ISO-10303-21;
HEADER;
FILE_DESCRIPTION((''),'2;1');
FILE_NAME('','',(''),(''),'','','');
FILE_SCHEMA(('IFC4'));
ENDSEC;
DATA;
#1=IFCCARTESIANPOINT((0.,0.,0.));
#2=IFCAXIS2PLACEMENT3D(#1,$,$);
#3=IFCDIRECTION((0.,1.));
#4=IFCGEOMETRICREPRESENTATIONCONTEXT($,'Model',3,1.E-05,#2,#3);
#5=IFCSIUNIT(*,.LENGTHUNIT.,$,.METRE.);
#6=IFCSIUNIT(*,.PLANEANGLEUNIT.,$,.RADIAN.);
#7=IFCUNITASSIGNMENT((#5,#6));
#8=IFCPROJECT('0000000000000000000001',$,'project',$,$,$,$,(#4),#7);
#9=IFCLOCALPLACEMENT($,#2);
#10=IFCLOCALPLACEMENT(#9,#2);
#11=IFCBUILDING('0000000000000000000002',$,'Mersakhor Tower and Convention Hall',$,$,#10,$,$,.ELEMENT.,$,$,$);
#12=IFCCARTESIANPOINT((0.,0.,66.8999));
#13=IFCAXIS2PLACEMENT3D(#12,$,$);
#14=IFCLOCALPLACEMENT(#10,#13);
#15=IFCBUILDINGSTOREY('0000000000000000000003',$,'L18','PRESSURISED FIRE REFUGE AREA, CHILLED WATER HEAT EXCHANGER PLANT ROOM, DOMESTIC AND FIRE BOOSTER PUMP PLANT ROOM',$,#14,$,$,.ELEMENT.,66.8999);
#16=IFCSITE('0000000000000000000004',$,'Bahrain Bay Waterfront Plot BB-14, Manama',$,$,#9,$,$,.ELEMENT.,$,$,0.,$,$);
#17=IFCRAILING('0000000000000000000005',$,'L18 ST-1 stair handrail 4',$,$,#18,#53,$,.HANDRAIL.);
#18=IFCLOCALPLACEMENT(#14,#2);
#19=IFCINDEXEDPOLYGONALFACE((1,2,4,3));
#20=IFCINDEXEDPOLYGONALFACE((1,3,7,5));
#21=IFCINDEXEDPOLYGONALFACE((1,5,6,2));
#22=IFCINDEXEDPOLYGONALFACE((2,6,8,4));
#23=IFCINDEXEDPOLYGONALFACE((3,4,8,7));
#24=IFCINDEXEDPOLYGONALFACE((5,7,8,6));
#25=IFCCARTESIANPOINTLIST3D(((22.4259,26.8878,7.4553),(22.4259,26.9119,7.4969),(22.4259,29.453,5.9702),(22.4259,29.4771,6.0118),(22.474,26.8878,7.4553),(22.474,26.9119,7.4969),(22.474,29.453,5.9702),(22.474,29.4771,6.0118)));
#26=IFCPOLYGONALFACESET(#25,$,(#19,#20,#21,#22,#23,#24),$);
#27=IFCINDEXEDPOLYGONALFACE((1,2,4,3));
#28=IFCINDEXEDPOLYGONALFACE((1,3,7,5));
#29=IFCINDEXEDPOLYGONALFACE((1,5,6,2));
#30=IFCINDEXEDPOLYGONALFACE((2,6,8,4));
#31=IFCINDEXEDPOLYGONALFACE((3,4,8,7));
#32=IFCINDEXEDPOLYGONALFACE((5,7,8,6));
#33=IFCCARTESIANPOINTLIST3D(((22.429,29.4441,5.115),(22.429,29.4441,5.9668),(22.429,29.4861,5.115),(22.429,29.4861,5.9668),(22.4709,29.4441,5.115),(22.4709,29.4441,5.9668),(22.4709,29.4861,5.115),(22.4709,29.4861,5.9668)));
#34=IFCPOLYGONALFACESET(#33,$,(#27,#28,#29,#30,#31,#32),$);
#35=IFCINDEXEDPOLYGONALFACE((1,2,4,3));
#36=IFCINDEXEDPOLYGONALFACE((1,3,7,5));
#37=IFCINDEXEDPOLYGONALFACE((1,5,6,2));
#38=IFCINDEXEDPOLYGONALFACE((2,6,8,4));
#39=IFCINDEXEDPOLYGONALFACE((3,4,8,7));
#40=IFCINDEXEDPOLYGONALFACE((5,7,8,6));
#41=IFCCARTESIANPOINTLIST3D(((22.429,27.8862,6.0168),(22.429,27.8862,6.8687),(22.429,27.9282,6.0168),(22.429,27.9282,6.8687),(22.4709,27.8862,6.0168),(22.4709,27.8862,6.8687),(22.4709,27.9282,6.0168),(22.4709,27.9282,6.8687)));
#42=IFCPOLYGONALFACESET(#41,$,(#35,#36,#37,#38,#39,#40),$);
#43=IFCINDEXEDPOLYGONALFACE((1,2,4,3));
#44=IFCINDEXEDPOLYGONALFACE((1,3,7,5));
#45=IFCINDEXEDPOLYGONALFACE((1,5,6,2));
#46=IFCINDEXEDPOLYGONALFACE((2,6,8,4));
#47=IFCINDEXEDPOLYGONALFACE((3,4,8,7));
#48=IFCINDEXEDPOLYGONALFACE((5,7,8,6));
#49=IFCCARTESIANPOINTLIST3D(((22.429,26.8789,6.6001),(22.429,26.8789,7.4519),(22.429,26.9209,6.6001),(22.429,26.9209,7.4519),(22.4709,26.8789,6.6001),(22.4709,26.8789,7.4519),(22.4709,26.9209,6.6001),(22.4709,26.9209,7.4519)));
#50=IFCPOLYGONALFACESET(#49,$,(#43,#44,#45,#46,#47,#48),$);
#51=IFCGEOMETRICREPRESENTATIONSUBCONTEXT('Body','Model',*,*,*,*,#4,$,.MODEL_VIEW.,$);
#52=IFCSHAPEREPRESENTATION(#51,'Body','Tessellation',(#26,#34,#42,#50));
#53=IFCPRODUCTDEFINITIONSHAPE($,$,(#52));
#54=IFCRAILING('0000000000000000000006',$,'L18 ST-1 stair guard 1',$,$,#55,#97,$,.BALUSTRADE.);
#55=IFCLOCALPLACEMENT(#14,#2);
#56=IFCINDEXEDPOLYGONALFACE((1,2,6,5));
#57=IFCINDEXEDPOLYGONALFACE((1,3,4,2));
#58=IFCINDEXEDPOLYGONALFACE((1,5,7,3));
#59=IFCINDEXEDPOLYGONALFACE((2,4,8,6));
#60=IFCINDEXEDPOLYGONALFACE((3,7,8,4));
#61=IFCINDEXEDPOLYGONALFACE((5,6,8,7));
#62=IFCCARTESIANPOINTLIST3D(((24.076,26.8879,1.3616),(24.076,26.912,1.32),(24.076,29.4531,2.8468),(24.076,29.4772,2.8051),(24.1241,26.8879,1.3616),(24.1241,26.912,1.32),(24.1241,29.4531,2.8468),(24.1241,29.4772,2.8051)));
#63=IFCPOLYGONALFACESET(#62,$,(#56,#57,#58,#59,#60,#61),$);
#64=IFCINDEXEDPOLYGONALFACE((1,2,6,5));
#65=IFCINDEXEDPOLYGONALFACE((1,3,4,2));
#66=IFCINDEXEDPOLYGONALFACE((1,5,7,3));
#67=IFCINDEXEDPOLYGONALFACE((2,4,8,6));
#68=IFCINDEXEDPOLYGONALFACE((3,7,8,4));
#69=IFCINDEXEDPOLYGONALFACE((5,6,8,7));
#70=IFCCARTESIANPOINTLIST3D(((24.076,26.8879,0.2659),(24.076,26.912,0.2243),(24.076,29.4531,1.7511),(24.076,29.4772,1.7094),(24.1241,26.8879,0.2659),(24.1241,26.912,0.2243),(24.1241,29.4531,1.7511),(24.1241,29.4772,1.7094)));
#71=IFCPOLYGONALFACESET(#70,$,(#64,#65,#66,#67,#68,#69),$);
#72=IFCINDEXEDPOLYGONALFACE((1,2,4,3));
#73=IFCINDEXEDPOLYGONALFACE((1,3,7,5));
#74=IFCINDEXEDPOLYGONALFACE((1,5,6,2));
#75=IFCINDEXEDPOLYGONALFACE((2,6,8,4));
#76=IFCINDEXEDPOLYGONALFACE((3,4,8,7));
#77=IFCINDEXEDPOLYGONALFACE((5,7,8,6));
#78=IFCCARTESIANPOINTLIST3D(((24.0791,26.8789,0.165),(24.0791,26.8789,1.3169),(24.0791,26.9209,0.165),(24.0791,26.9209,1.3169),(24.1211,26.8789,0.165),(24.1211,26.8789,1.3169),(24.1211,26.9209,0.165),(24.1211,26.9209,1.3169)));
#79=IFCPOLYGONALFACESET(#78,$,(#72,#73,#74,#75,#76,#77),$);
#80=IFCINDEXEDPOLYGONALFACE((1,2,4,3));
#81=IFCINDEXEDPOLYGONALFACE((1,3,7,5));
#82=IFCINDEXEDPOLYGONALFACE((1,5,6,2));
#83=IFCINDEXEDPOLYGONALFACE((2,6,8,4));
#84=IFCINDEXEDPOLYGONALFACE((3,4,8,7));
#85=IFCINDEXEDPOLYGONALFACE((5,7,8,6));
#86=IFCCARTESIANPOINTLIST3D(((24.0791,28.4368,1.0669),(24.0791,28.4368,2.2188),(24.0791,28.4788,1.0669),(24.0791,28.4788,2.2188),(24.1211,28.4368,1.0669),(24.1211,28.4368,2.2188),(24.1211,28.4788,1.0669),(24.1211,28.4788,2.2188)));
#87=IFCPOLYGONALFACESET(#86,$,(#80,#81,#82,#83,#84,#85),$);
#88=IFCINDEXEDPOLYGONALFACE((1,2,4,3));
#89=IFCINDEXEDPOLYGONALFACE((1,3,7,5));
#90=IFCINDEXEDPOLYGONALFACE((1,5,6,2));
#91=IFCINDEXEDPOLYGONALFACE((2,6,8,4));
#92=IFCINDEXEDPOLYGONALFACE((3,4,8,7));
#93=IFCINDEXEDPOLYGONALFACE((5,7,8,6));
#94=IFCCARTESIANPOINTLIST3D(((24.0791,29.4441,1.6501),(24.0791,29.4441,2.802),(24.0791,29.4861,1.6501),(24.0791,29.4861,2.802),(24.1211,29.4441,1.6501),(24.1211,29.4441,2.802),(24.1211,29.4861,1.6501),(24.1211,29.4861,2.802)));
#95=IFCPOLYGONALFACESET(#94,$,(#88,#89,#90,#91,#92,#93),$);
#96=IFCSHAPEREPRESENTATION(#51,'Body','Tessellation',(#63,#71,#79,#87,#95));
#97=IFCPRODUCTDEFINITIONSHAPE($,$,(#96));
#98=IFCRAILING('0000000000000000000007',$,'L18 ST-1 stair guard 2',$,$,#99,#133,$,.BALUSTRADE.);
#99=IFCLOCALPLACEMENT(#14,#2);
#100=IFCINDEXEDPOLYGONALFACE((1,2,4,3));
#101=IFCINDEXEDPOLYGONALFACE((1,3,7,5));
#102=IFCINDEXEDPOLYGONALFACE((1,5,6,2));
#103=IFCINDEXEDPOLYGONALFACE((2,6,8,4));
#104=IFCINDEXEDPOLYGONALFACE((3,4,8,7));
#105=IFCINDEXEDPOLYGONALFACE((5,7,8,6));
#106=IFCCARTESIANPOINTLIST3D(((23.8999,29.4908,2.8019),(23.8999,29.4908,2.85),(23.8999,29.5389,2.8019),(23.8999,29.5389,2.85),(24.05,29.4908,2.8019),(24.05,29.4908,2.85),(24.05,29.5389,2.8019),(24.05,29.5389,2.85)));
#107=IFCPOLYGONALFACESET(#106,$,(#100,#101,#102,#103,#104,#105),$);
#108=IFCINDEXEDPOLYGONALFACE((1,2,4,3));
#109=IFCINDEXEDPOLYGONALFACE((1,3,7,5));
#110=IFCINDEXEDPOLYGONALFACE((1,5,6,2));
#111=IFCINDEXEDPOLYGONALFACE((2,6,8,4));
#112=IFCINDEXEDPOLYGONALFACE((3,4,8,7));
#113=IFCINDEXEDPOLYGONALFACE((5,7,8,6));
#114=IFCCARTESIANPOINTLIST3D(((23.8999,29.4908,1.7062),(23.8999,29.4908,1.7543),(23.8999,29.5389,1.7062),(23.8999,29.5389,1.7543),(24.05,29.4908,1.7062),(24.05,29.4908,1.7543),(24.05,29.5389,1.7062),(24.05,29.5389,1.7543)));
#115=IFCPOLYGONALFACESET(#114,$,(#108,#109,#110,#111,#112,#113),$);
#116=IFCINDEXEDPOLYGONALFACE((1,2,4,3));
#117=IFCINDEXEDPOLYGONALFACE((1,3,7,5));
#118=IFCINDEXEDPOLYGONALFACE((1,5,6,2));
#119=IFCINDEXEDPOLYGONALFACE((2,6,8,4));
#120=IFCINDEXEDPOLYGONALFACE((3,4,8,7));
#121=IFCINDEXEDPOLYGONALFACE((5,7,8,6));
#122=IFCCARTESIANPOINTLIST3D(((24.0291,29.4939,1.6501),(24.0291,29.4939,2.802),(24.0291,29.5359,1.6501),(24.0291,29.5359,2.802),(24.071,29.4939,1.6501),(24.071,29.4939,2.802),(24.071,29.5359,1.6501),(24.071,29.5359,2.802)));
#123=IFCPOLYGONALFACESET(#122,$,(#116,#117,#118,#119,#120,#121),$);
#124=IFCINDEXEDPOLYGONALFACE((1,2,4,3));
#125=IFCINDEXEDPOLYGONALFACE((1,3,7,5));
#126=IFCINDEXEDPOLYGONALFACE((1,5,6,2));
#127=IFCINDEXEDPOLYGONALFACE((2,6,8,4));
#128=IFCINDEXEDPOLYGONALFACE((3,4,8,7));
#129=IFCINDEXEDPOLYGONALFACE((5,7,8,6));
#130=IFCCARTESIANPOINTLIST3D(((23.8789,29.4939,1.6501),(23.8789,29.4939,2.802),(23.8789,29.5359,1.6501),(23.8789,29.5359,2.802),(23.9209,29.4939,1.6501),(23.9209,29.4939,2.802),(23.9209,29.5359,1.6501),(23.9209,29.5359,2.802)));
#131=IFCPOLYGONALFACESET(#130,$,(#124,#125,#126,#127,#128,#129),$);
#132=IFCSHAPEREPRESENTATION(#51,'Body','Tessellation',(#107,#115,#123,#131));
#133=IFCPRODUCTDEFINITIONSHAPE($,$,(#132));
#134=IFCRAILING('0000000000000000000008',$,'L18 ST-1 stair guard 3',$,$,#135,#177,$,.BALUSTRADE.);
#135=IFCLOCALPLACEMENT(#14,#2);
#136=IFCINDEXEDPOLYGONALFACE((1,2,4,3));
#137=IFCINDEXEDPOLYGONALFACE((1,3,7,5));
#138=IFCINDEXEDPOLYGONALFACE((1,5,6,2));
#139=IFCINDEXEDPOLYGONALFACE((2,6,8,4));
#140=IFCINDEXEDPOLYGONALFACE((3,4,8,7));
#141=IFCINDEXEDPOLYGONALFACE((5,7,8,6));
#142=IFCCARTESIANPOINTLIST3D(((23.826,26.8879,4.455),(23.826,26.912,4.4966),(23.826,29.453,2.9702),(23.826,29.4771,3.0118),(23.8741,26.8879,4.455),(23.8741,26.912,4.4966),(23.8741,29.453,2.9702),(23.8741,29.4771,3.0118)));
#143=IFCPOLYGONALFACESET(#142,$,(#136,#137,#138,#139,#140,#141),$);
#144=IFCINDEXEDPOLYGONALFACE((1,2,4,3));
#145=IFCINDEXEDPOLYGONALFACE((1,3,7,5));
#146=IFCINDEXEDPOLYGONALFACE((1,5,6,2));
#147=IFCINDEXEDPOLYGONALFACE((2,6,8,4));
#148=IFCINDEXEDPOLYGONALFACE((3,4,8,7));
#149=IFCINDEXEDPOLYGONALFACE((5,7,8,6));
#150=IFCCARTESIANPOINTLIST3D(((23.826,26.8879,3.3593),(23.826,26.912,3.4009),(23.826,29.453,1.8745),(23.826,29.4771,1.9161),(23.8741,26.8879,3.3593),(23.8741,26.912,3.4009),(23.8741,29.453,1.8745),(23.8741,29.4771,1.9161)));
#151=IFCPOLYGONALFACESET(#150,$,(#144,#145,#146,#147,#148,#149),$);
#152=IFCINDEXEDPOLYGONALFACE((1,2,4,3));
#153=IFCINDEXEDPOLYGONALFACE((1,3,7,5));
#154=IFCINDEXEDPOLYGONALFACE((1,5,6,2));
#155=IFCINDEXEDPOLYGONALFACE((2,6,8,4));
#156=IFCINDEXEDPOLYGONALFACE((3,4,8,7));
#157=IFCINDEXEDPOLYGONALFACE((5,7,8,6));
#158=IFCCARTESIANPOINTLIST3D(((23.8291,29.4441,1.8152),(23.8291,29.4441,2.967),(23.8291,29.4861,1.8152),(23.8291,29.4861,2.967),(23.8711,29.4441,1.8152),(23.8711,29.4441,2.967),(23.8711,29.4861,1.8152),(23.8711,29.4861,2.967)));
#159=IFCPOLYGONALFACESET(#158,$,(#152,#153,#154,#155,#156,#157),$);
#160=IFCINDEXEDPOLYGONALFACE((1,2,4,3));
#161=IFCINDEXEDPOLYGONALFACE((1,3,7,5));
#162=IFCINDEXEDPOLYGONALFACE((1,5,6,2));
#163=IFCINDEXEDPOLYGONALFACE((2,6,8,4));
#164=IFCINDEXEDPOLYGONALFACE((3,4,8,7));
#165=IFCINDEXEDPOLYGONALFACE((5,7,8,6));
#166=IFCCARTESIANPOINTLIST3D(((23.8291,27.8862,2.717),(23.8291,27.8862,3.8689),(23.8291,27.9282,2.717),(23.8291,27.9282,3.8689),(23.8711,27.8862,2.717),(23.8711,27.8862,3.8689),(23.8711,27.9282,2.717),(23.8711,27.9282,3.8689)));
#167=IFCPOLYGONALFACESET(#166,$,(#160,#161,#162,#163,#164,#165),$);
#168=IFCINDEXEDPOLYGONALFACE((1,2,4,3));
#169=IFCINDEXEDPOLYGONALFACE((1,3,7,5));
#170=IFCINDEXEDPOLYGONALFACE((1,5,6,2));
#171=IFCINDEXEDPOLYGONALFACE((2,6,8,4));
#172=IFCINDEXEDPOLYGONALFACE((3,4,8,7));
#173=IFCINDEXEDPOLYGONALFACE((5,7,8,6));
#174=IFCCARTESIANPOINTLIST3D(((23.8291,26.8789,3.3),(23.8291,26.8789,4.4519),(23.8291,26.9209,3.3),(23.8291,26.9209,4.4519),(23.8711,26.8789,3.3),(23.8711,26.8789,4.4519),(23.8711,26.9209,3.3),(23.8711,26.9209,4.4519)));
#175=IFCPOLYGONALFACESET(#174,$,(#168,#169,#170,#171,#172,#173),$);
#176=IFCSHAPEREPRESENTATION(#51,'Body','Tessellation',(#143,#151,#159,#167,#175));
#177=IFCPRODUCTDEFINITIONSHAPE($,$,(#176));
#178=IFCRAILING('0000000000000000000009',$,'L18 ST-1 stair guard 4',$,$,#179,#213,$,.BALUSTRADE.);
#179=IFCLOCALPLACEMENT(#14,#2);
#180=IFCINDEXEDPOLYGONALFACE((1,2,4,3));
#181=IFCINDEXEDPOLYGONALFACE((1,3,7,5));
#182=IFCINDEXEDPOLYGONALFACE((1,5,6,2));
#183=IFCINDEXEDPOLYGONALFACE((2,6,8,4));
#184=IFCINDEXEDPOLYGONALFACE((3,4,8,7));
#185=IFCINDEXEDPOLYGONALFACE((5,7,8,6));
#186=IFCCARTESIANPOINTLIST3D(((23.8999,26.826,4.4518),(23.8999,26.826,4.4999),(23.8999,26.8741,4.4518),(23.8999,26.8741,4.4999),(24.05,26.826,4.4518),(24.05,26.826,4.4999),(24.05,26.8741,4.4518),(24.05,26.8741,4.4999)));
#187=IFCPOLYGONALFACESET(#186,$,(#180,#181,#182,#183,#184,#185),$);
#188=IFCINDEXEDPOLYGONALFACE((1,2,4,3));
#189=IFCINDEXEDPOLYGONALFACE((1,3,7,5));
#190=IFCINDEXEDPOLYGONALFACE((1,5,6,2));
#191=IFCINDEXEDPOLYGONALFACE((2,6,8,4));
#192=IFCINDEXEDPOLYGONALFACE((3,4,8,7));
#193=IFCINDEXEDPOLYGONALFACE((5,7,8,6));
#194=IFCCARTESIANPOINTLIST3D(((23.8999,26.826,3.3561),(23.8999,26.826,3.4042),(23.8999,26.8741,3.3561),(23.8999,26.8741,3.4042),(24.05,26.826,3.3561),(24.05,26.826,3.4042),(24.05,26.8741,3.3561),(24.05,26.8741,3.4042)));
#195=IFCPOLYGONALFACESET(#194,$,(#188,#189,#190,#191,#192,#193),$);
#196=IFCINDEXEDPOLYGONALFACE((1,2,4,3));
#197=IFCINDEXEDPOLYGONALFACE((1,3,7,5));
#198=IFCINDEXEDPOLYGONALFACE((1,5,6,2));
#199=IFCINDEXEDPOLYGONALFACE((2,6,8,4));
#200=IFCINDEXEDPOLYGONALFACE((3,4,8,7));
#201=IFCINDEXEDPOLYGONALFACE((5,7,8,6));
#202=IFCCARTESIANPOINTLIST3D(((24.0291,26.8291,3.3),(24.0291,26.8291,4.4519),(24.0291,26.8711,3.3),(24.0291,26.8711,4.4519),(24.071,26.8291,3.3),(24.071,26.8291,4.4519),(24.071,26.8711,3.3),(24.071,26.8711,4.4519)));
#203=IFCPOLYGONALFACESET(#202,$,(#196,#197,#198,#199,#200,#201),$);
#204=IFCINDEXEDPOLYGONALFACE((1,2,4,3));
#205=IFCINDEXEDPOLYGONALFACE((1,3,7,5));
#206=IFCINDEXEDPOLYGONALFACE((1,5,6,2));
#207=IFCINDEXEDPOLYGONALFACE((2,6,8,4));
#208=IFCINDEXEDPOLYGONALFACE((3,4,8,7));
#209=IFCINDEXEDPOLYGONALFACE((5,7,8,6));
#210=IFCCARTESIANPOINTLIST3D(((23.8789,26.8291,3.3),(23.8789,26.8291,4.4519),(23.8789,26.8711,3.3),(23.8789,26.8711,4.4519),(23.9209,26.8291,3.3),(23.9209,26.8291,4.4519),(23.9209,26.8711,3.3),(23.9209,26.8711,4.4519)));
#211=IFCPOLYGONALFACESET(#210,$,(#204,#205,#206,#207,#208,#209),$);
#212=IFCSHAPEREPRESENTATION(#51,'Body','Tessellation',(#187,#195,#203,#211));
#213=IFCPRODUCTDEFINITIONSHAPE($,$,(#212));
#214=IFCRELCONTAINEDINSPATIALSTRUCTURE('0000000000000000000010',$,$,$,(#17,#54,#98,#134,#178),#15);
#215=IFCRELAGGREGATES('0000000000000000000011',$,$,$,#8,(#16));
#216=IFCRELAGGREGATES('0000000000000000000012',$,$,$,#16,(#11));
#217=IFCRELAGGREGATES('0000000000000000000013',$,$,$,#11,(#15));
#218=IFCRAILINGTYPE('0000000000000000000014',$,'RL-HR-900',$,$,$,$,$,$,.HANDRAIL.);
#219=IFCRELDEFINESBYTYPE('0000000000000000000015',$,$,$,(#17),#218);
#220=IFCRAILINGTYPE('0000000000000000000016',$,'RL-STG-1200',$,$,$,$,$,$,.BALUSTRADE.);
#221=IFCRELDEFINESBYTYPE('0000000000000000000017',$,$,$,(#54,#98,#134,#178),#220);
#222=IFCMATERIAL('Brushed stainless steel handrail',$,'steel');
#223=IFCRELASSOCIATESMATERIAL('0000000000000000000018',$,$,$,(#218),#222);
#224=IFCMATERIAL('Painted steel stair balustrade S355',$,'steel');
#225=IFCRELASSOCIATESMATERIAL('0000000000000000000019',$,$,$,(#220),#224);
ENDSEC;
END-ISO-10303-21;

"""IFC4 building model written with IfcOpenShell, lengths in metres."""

from ifc_helpers import new_model, si_unit, direction, frame, origin, origin_2d, place, context, subcontext, project, spatial, rectangle, extrude, material, type_object, element, save


model = new_model("IFC4")

# Units and contexts
model_context = context("Model", 3, precision=1e-05, world=origin(), true_north=direction((0.0, 1.0)))
body_context = subcontext(model_context, "Body", "Model", "MODEL_VIEW")
ifc_project = project(units=[si_unit("LENGTHUNIT", "METRE"), si_unit("PLANEANGLEUNIT", "RADIAN")], contexts=[model_context])

# Site, building, storey
site_placement = place(None, origin())
site = spatial("IfcSite", under=ifc_project, at=site_placement, Name="Bahrain Bay Waterfront Plot BB-14, Manama", CompositionType="ELEMENT", RefElevation=0.0)
building_placement = place(site_placement, origin())
building = spatial("IfcBuilding", under=site, at=building_placement, Name="Mersakhor Tower and Convention Hall", CompositionType="ELEMENT")
storey_placement = place(building_placement, frame((0.0, 0.0, 66.8999)))
storey = spatial("IfcBuildingStorey", under=building, at=storey_placement, Name="L18", Description="PRESSURISED FIRE REFUGE AREA, CHILLED WATER HEAT EXCHANGER PLANT ROOM, DOMESTIC AND FIRE BOOSTER PUMP PLANT ROOM", CompositionType="ELEMENT", Elevation=66.8999)

# Railings
ifc_material_1 = material(Name="Brushed stainless steel handrail", Category="steel")
railing_type_1 = type_object("IfcRailingType", Name="RL-HR-900", PredefinedType="HANDRAIL", material=ifc_material_1)
railing_1_placement = place(storey_placement, frame((22.45, 29.4651, 5.115)))
element("IfcRailing", 1, at=railing_1_placement, inside=storey, type_object=railing_type_1, Name="L18 ST-1 stair handrail 4", PredefinedType="HANDRAIL", context=body_context, shape_type="SweptSolid", body=[
    extrude(rectangle(XDim=0.0481, YDim=0.0481, at=origin_2d()), frame((0.0, 0.0, 0.876), z_axis=(0.0, -0.865426, 0.501036), x_axis=(1.0, 0.0, 0.0)), (0.0, 0.0, 1.0), 2.9641),
    extrude(rectangle(XDim=0.042, YDim=0.042, at=origin_2d()), origin(), (0.0, 0.0, 1.0), 0.8518),
    extrude(rectangle(XDim=0.042, YDim=0.042, at=origin_2d()), frame((0.0, -1.5579, 0.9019)), (0.0, 0.0, 1.0), 0.8518),
    extrude(rectangle(XDim=0.042, YDim=0.042, at=origin_2d()), frame((0.0, -2.5652, 1.4851)), (0.0, 0.0, 1.0), 0.8518),
])
ifc_material_2 = material(Name="Painted steel stair balustrade S355", Category="steel")
railing_type_2 = type_object("IfcRailingType", Name="RL-STG-1200", PredefinedType="BALUSTRADE", material=ifc_material_2)
railing_2_placement = place(storey_placement, frame((24.1001, 26.8999, 0.165)))
element("IfcRailing", 2, at=railing_2_placement, inside=storey, type_object=railing_type_2, Name="L18 ST-1 stair guard 1", PredefinedType="BALUSTRADE", context=body_context, shape_type="SweptSolid", body=[
    extrude(rectangle(XDim=0.0481, YDim=0.0481, at=origin_2d()), frame((0.0, 0.0, 1.1758), z_axis=(0.0, 0.865426, 0.501036), x_axis=(-1.0, 0.0, 0.0)), (0.0, 0.0, 1.0), 2.9641),
    extrude(rectangle(XDim=0.0481, YDim=0.0481, at=origin_2d()), frame((0.0, 0.0, 0.0801), z_axis=(0.0, 0.865426, 0.501036), x_axis=(-1.0, 0.0, 0.0)), (0.0, 0.0, 1.0), 2.9641),
    extrude(rectangle(XDim=0.042, YDim=0.042, at=origin_2d()), origin(), (0.0, 0.0, 1.0), 1.1519),
    extrude(rectangle(XDim=0.042, YDim=0.042, at=origin_2d()), frame((0.0, 1.5579, 0.9019)), (0.0, 0.0, 1.0), 1.1519),
    extrude(rectangle(XDim=0.042, YDim=0.042, at=origin_2d()), frame((0.0, 2.5652, 1.4851)), (0.0, 0.0, 1.0), 1.1519),
])
railing_3_placement = place(storey_placement, frame((24.05, 29.5149, 1.6501)))
element("IfcRailing", 3, at=railing_3_placement, inside=storey, type_object=railing_type_2, Name="L18 ST-1 stair guard 2", PredefinedType="BALUSTRADE", context=body_context, shape_type="SweptSolid", body=[
    extrude(rectangle(XDim=0.0481, YDim=0.0481, at=origin_2d()), frame((0.0, 0.0, 1.1758), z_axis=(-1.0, 0.0, 0.0), x_axis=(0.0, -1.0, 0.0)), (0.0, 0.0, 1.0), 0.1501),
    extrude(rectangle(XDim=0.0481, YDim=0.0481, at=origin_2d()), frame((0.0, 0.0, 0.0801), z_axis=(-1.0, 0.0, 0.0), x_axis=(0.0, -1.0, 0.0)), (0.0, 0.0, 1.0), 0.1501),
    extrude(rectangle(XDim=0.042, YDim=0.042, at=origin_2d()), origin(), (0.0, 0.0, 1.0), 1.1519),
    extrude(rectangle(XDim=0.042, YDim=0.042, at=origin_2d()), frame((-0.1501, 0.0, 0.0)), (0.0, 0.0, 1.0), 1.1519),
])
railing_4_placement = place(storey_placement, frame((23.8501, 29.4651, 1.8152)))
element("IfcRailing", 4, at=railing_4_placement, inside=storey, type_object=railing_type_2, Name="L18 ST-1 stair guard 3", PredefinedType="BALUSTRADE", context=body_context, shape_type="SweptSolid", body=[
    extrude(rectangle(XDim=0.0481, YDim=0.0481, at=origin_2d()), frame((0.0, 0.0, 1.1758), z_axis=(0.0, -0.865462, 0.500975), x_axis=(1.0, 0.0, 0.0)), (0.0, 0.0, 1.0), 2.9639),
    extrude(rectangle(XDim=0.0481, YDim=0.0481, at=origin_2d()), frame((0.0, 0.0, 0.0801), z_axis=(0.0, -0.865462, 0.500975), x_axis=(1.0, 0.0, 0.0)), (0.0, 0.0, 1.0), 2.9639),
    extrude(rectangle(XDim=0.042, YDim=0.042, at=origin_2d()), origin(), (0.0, 0.0, 1.0), 1.1519),
    extrude(rectangle(XDim=0.042, YDim=0.042, at=origin_2d()), frame((0.0, -1.5579, 0.9019)), (0.0, 0.0, 1.0), 1.1519),
    extrude(rectangle(XDim=0.042, YDim=0.042, at=origin_2d()), frame((0.0, -2.5652, 1.4849)), (0.0, 0.0, 1.0), 1.1519),
])
railing_5_placement = place(storey_placement, frame((24.05, 26.8501, 3.3)))
element("IfcRailing", 5, at=railing_5_placement, inside=storey, type_object=railing_type_2, Name="L18 ST-1 stair guard 4", PredefinedType="BALUSTRADE", context=body_context, shape_type="SweptSolid", body=[
    extrude(rectangle(XDim=0.0481, YDim=0.0481, at=origin_2d()), frame((0.0, 0.0, 1.1758), z_axis=(-1.0, 0.0, 0.0), x_axis=(0.0, -1.0, 0.0)), (0.0, 0.0, 1.0), 0.1501),
    extrude(rectangle(XDim=0.0481, YDim=0.0481, at=origin_2d()), frame((0.0, 0.0, 0.0801), z_axis=(-1.0, 0.0, 0.0), x_axis=(0.0, -1.0, 0.0)), (0.0, 0.0, 1.0), 0.1501),
    extrude(rectangle(XDim=0.042, YDim=0.042, at=origin_2d()), origin(), (0.0, 0.0, 1.0), 1.1519),
    extrude(rectangle(XDim=0.042, YDim=0.042, at=origin_2d()), frame((-0.1501, 0.0, 0.0)), (0.0, 0.0, 1.0), 1.1519),
])

save(model, "model.ifc")
